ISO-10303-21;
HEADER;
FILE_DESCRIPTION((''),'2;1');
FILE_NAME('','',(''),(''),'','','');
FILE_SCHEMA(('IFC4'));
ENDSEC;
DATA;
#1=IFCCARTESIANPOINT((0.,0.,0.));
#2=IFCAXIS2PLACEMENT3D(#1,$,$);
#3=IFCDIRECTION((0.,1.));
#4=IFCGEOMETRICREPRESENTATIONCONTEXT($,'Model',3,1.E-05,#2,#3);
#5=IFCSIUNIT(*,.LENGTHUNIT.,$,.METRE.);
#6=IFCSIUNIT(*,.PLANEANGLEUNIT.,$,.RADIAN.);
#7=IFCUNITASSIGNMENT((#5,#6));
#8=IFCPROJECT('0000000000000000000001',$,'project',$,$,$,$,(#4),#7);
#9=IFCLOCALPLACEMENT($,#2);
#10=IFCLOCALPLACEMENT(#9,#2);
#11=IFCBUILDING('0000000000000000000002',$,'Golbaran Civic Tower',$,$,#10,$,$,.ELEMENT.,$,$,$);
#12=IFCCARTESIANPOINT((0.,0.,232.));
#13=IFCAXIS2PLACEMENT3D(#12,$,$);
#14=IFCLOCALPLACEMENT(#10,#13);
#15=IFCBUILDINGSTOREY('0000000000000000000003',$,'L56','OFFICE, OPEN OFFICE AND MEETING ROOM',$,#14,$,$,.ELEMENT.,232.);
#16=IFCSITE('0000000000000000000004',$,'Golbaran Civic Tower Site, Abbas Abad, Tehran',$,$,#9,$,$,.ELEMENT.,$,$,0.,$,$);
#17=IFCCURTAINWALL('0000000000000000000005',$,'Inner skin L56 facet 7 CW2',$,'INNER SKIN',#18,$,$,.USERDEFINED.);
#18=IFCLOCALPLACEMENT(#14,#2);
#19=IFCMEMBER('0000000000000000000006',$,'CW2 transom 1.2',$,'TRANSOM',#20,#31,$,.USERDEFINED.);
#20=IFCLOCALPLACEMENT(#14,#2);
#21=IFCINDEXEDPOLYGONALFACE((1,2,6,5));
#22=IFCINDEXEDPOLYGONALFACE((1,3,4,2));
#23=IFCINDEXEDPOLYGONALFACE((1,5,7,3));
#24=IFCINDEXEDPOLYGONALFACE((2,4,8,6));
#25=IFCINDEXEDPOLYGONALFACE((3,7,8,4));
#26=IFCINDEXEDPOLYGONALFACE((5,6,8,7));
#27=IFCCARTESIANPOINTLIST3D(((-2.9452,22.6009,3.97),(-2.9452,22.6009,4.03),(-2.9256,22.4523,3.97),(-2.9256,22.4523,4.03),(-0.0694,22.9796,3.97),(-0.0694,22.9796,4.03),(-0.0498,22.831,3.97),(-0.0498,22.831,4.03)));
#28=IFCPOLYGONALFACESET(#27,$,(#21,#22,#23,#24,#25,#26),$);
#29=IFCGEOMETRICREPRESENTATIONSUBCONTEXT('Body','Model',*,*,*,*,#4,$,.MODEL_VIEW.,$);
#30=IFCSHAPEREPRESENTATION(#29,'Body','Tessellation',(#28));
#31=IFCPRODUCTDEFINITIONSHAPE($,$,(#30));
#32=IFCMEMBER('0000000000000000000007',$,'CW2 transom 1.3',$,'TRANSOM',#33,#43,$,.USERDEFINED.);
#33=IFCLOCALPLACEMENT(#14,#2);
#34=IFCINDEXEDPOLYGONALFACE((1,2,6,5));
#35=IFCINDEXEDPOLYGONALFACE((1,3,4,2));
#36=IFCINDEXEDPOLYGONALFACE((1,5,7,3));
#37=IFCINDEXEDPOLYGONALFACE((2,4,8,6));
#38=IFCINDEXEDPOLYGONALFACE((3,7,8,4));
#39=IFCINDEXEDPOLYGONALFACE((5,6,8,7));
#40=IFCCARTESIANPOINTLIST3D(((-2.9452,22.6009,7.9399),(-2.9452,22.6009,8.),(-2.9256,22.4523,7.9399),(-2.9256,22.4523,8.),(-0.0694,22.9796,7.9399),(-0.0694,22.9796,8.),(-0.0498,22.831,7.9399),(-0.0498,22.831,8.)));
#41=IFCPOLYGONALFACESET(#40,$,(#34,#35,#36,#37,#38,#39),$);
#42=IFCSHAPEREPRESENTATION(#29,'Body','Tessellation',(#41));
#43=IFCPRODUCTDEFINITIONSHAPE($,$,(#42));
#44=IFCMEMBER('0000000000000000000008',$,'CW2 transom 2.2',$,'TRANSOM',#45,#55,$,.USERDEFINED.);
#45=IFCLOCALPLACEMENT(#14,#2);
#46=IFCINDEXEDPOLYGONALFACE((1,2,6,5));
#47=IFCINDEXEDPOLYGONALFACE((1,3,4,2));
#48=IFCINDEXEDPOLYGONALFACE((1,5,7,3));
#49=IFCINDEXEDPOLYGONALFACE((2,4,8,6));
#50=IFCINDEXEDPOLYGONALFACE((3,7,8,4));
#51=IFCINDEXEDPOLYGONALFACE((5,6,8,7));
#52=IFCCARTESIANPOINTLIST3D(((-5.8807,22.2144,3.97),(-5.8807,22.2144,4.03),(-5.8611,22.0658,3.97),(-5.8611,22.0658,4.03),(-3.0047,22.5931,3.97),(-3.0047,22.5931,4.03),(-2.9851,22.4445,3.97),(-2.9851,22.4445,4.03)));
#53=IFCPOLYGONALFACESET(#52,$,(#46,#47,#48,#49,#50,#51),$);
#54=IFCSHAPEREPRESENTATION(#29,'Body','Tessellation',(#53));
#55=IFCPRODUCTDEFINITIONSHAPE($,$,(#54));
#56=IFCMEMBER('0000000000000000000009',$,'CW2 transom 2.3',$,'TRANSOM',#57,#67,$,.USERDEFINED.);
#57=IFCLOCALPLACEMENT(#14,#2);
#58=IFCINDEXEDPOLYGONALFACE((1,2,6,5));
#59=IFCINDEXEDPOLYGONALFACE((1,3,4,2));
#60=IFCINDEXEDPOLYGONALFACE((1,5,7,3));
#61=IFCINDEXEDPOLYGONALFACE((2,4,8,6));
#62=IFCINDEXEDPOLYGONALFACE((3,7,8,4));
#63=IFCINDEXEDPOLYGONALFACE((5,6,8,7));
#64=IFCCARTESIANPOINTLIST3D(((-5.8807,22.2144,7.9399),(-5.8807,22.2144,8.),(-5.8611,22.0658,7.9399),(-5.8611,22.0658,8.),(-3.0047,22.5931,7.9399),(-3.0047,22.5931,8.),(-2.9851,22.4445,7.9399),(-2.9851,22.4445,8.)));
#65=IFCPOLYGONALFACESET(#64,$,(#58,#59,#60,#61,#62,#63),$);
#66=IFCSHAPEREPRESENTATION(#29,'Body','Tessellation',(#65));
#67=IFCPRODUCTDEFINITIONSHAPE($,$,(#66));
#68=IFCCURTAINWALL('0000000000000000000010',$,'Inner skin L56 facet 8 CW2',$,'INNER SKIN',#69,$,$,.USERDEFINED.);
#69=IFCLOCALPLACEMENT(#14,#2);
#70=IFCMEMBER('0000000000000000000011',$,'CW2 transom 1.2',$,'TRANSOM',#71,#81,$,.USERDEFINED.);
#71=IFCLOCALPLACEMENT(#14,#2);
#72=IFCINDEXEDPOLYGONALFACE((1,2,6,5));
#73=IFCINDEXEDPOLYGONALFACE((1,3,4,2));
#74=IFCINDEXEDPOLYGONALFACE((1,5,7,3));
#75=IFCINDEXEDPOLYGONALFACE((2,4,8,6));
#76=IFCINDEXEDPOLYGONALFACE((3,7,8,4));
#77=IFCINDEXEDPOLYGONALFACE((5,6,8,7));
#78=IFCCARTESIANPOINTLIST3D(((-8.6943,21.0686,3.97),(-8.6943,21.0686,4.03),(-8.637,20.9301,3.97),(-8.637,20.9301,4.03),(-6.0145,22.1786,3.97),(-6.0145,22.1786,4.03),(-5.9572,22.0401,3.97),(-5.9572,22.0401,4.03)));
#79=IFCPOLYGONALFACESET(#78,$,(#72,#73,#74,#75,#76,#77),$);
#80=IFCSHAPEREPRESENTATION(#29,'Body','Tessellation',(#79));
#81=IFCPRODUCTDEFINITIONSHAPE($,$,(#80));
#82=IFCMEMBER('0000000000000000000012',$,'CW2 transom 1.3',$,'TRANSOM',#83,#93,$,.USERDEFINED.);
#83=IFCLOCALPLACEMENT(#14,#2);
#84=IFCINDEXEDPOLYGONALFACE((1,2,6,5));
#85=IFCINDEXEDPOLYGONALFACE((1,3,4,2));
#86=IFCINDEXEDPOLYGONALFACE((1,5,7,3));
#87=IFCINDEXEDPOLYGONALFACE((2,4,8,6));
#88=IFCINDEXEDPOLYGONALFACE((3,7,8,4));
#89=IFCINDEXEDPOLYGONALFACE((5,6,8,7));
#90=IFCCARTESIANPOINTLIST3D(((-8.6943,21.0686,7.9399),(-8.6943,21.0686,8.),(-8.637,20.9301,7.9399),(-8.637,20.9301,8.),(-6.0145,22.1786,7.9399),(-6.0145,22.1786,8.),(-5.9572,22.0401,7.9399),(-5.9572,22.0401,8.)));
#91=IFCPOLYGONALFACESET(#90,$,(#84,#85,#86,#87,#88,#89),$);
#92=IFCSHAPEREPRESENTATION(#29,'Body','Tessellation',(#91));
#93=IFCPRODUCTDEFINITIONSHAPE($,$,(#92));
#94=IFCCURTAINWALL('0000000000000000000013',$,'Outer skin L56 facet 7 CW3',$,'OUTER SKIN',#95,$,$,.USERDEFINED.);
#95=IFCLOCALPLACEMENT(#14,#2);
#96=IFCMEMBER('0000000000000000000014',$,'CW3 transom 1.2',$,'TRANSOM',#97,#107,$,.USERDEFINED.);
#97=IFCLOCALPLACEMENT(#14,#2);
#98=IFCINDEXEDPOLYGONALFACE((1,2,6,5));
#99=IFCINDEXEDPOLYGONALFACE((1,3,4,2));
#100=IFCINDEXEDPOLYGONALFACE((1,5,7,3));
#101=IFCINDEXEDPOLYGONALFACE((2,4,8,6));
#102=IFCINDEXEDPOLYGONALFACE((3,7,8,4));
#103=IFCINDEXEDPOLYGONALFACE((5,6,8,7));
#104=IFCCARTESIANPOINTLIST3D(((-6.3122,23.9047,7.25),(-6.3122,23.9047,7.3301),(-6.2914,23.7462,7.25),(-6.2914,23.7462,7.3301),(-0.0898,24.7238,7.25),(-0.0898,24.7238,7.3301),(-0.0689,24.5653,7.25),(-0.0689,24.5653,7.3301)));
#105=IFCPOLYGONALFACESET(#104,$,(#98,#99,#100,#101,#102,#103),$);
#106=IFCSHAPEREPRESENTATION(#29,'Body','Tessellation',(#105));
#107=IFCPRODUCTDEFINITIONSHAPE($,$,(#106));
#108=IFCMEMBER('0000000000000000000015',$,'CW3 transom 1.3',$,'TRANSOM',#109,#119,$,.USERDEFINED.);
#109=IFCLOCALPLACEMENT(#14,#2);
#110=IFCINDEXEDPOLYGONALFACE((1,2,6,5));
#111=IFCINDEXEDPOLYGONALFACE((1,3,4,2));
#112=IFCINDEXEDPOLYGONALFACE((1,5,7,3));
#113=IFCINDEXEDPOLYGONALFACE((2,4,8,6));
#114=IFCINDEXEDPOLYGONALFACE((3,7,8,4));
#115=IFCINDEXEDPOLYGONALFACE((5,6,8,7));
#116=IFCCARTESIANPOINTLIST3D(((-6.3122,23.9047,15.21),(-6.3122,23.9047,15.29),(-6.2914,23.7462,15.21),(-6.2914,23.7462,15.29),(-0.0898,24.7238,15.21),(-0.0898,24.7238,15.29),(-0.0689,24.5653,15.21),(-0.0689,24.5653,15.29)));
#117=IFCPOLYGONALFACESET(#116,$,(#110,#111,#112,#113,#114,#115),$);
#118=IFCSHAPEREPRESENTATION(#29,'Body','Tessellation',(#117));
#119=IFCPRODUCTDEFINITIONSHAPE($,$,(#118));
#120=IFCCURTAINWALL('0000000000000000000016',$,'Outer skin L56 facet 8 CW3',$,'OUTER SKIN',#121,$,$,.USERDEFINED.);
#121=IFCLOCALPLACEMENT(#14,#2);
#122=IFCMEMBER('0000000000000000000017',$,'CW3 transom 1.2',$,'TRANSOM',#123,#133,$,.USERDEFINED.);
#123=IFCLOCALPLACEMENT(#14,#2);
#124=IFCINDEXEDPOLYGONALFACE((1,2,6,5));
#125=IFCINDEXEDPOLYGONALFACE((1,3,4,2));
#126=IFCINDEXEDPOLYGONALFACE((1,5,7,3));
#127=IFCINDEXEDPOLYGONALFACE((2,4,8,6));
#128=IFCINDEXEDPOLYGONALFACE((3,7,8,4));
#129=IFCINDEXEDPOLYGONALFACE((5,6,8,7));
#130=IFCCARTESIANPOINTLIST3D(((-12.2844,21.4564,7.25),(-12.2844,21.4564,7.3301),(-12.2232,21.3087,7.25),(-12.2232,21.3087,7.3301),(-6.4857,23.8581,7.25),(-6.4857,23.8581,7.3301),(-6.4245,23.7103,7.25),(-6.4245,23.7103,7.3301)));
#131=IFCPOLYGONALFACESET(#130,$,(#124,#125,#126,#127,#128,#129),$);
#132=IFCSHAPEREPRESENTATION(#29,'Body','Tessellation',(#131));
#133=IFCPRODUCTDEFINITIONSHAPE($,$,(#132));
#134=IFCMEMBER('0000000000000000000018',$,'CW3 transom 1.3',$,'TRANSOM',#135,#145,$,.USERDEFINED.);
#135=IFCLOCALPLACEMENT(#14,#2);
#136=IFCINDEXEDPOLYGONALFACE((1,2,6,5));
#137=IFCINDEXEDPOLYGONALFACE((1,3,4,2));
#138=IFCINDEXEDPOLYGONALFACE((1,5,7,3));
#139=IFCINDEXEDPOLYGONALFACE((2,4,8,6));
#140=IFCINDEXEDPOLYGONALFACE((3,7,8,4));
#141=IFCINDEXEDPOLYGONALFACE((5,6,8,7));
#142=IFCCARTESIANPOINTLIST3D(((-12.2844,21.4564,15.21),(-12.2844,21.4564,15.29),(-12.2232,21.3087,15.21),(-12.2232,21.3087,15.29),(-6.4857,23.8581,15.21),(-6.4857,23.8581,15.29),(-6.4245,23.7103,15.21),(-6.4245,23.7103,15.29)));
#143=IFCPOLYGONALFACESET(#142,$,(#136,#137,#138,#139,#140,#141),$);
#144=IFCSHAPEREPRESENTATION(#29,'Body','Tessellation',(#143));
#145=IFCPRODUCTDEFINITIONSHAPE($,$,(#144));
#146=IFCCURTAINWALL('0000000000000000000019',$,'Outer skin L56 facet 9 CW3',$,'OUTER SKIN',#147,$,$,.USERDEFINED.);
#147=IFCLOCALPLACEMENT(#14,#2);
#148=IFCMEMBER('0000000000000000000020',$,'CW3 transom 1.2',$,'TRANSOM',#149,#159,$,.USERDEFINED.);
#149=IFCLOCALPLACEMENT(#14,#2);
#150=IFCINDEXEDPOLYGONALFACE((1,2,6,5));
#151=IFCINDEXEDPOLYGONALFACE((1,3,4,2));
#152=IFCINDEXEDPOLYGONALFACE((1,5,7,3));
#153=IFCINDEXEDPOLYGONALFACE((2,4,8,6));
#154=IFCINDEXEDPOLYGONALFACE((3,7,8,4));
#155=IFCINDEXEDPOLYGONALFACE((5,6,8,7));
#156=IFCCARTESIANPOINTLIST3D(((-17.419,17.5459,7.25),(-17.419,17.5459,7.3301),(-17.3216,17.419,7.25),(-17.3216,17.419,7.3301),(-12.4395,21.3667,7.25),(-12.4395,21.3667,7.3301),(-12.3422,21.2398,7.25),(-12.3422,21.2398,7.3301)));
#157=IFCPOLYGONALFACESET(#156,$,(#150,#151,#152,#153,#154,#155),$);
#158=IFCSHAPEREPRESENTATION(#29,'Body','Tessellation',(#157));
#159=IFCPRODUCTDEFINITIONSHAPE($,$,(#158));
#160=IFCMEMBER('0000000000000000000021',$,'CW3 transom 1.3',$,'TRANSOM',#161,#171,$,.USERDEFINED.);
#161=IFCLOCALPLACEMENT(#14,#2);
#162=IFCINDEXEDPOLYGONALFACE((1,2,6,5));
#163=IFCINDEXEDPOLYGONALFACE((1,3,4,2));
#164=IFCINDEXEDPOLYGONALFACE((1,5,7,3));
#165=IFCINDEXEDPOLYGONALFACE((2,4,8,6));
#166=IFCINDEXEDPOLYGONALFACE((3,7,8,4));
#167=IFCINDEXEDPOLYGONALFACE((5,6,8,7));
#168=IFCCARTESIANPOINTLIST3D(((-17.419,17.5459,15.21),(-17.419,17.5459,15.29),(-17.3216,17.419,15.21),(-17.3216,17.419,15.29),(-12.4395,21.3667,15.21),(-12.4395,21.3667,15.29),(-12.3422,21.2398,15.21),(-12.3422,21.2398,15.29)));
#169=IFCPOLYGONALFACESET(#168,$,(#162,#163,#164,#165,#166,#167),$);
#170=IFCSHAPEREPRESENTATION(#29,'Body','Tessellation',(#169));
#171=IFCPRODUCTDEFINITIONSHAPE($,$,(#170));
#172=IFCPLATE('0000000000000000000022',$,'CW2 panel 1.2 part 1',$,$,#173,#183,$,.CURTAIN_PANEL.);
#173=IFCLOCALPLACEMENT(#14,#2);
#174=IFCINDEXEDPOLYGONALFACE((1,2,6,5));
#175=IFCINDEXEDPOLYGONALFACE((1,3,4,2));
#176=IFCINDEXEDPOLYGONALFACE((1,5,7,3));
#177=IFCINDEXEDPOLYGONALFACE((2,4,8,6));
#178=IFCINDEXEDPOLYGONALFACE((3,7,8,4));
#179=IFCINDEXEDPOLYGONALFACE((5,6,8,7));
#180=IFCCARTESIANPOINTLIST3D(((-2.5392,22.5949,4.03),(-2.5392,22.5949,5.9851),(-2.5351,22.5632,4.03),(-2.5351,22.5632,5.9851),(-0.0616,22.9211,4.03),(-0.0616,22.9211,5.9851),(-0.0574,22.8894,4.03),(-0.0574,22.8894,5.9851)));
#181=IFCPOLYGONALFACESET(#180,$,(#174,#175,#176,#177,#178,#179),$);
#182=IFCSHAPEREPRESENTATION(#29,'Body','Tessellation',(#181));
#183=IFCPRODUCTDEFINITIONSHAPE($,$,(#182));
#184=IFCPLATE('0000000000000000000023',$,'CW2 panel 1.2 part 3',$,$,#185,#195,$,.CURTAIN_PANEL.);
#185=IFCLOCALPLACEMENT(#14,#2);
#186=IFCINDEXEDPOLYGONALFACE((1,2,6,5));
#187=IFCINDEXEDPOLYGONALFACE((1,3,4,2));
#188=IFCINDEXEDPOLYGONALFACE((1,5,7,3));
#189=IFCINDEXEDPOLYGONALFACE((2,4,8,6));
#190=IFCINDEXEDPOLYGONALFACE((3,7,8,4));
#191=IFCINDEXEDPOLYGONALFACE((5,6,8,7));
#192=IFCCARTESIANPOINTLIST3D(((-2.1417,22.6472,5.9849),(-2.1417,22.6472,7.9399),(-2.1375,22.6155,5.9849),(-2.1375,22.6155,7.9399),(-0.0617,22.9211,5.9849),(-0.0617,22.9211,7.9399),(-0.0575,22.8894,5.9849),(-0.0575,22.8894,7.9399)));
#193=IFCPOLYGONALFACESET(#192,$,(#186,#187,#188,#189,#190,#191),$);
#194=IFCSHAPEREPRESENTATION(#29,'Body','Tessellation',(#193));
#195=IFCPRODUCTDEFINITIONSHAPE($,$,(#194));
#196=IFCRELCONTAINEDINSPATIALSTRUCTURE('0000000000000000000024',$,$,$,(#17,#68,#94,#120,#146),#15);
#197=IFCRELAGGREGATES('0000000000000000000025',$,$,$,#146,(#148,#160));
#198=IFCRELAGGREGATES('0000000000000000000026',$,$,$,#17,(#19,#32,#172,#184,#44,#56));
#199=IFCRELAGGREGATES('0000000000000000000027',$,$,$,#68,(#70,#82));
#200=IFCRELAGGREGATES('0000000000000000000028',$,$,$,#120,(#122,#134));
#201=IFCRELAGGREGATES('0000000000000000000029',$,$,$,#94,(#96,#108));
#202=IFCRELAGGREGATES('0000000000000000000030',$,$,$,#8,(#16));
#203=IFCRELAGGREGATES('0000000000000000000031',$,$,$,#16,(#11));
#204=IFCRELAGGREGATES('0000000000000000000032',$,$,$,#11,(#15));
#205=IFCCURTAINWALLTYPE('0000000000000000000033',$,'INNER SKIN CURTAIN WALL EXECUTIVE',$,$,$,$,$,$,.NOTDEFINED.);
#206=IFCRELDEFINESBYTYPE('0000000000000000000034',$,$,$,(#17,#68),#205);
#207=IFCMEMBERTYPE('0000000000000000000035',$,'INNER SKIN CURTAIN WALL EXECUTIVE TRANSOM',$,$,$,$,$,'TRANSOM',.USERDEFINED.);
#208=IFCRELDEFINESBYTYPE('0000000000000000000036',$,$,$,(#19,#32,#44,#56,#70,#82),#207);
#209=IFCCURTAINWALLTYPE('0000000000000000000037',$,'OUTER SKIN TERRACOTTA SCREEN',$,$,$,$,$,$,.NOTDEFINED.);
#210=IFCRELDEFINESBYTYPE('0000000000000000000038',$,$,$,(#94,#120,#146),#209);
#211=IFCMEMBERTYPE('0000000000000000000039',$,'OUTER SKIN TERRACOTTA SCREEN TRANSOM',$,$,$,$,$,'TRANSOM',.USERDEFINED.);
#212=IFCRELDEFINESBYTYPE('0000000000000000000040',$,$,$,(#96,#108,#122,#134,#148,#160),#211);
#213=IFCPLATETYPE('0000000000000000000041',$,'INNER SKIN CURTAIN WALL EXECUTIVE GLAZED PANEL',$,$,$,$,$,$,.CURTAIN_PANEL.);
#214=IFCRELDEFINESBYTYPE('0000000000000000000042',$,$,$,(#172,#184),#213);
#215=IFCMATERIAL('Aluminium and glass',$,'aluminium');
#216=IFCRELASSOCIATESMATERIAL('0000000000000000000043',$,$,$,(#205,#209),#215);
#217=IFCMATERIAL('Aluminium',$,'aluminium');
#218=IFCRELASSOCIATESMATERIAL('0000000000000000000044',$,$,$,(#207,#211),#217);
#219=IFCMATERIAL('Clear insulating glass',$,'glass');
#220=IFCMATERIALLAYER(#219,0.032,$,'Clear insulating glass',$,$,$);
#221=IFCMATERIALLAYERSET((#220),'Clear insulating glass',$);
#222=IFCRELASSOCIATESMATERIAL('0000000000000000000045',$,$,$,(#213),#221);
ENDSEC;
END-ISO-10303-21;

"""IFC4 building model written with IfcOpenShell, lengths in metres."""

from ifc_helpers import new_model, si_unit, direction, frame, origin, origin_2d, place, context, subcontext, project, spatial, rectangle, extrude, material, layer, layer_set, material_profile, profile_set, type_object, element, aggregate, save


model = new_model("IFC4")

# Units and contexts
model_context = context("Model", 3, precision=1e-05, world=origin(), true_north=direction((0.0, 1.0)))
body_context = subcontext(model_context, "Body", "Model", "MODEL_VIEW")
ifc_project = project(units=[si_unit("LENGTHUNIT", "METRE"), si_unit("PLANEANGLEUNIT", "RADIAN")], contexts=[model_context])

# Site, building, storey
site_placement = place(None, origin())
site = spatial("IfcSite", under=ifc_project, at=site_placement, Name="Golbaran Civic Tower Site, Abbas Abad, Tehran", CompositionType="ELEMENT", RefElevation=0.0)
building_placement = place(site_placement, origin())
building = spatial("IfcBuilding", under=site, at=building_placement, Name="Golbaran Civic Tower", CompositionType="ELEMENT")
storey_placement = place(building_placement, frame((0.0, 0.0, 232.0)))
storey = spatial("IfcBuildingStorey", under=building, at=storey_placement, Name="L56", Description="OFFICE, OPEN OFFICE AND MEETING ROOM", CompositionType="ELEMENT", Elevation=232.0)

# Curtain walls, members
ifc_material_1 = material(Name="Aluminium and glass", Category="aluminium")
curtain_wall_type_1 = type_object("IfcCurtainWallType", Name="INNER SKIN CURTAIN WALL EXECUTIVE", PredefinedType="NOTDEFINED", material=ifc_material_1)
curtain_wall_1_placement = place(storey_placement, origin())
curtain_wall_1 = element("IfcCurtainWall", 1, at=curtain_wall_1_placement, inside=storey, type_object=curtain_wall_type_1, Name="Inner skin L56 facet 7 CW2", ObjectType="INNER SKIN", PredefinedType="USERDEFINED")
ifc_material_2 = material(Name="Aluminium", Category="aluminium")
ifc_material_profile_1 = material_profile(ifc_material_2, rectangle(XDim=0.1499, YDim=0.0601, at=origin_2d()), Name="INNER SKIN CURTAIN WALL EXECUTIVE TRANSOM")
ifc_profile_set_1 = profile_set([ifc_material_profile_1], Name="Aluminium")
member_type_1 = type_object("IfcMemberType", Name="INNER SKIN CURTAIN WALL EXECUTIVE TRANSOM", ElementType="TRANSOM", PredefinedType="USERDEFINED", material=ifc_profile_set_1)
member_1_placement = place(storey_placement, frame((-0.0596, 22.9053, 4.0), z_axis=(-0.991442, -0.130548, 0.0), x_axis=(0.130548, -0.991442, 0.0)))
member_1 = element("IfcMember", 2, at=member_1_placement, type_object=member_type_1, Name="CW2 transom 1.2", ObjectType="TRANSOM", PredefinedType="USERDEFINED", context=body_context, shape_type="SweptSolid", body=[
    extrude(rectangle(XDim=0.1499, YDim=0.0601, at=origin_2d()), origin(), (0.0, 0.0, 1.0), 2.9006),
])
member_2_placement = place(storey_placement, frame((-0.0596, 22.9053, 7.97), z_axis=(-0.991442, -0.130548, 0.0), x_axis=(0.130548, -0.991442, 0.0)))
member_2 = element("IfcMember", 3, at=member_2_placement, type_object=member_type_1, Name="CW2 transom 1.3", ObjectType="TRANSOM", PredefinedType="USERDEFINED", context=body_context, shape_type="SweptSolid", body=[
    extrude(rectangle(XDim=0.1499, YDim=0.0601, at=origin_2d()), origin(), (0.0, 0.0, 1.0), 2.9006),
])
member_3_placement = place(storey_placement, frame((-2.9949, 22.5188, 4.0), z_axis=(-0.991443, -0.130537, 0.0), x_axis=(0.130537, -0.991443, 0.0)))
member_3 = element("IfcMember", 4, at=member_3_placement, type_object=member_type_1, Name="CW2 transom 2.2", ObjectType="TRANSOM", PredefinedType="USERDEFINED", context=body_context, shape_type="SweptSolid", body=[
    extrude(rectangle(XDim=0.1499, YDim=0.0601, at=origin_2d()), origin(), (0.0, 0.0, 1.0), 2.9009),
])
member_4_placement = place(storey_placement, frame((-2.9949, 22.5188, 7.97), z_axis=(-0.991443, -0.130537, 0.0), x_axis=(0.130537, -0.991443, 0.0)))
member_4 = element("IfcMember", 5, at=member_4_placement, type_object=member_type_1, Name="CW2 transom 2.3", ObjectType="TRANSOM", PredefinedType="USERDEFINED", context=body_context, shape_type="SweptSolid", body=[
    extrude(rectangle(XDim=0.1499, YDim=0.0601, at=origin_2d()), origin(), (0.0, 0.0, 1.0), 2.9009),
])
curtain_wall_2_placement = place(storey_placement, origin())
curtain_wall_2 = element("IfcCurtainWall", 6, at=curtain_wall_2_placement, inside=storey, type_object=curtain_wall_type_1, Name="Inner skin L56 facet 8 CW2", ObjectType="INNER SKIN", PredefinedType="USERDEFINED")
member_5_placement = place(storey_placement, frame((-5.9858, 22.1094, 4.0), z_axis=(-0.923874, -0.382696, 0.0), x_axis=(0.382696, -0.923874, 0.0)))
member_5 = element("IfcMember", 7, at=member_5_placement, type_object=member_type_1, Name="CW2 transom 1.2", ObjectType="TRANSOM", PredefinedType="USERDEFINED", context=body_context, shape_type="SweptSolid", body=[
    extrude(rectangle(XDim=0.1499, YDim=0.0601, at=origin_2d()), origin(), (0.0, 0.0, 1.0), 2.9006),
])
member_6_placement = place(storey_placement, frame((-5.9858, 22.1094, 7.97), z_axis=(-0.923874, -0.382696, 0.0), x_axis=(0.382696, -0.923874, 0.0)))
member_6 = element("IfcMember", 8, at=member_6_placement, type_object=member_type_1, Name="CW2 transom 1.3", ObjectType="TRANSOM", PredefinedType="USERDEFINED", context=body_context, shape_type="SweptSolid", body=[
    extrude(rectangle(XDim=0.1499, YDim=0.0601, at=origin_2d()), origin(), (0.0, 0.0, 1.0), 2.9006),
])
curtain_wall_type_2 = type_object("IfcCurtainWallType", Name="OUTER SKIN TERRACOTTA SCREEN", PredefinedType="NOTDEFINED", material=ifc_material_1)
curtain_wall_3_placement = place(storey_placement, origin())
curtain_wall_3 = element("IfcCurtainWall", 9, at=curtain_wall_3_placement, inside=storey, type_object=curtain_wall_type_2, Name="Outer skin L56 facet 7 CW3", ObjectType="OUTER SKIN", PredefinedType="USERDEFINED")
ifc_material_profile_2 = material_profile(ifc_material_2, rectangle(XDim=0.1599, YDim=0.0801, at=origin_2d()), Name="OUTER SKIN TERRACOTTA SCREEN TRANSOM")
ifc_profile_set_2 = profile_set([ifc_material_profile_2], Name="Aluminium")
member_type_2 = type_object("IfcMemberType", Name="OUTER SKIN TERRACOTTA SCREEN TRANSOM", ElementType="TRANSOM", PredefinedType="USERDEFINED", material=ifc_profile_set_2)
member_7_placement = place(storey_placement, frame((-0.0793, 24.6445, 7.29), z_axis=(-0.991447, -0.13051, 0.0), x_axis=(0.13051, -0.991447, 0.0)))
member_7 = element("IfcMember", 10, at=member_7_placement, type_object=member_type_2, Name="CW3 transom 1.2", ObjectType="TRANSOM", PredefinedType="USERDEFINED", context=body_context, shape_type="SweptSolid", body=[
    extrude(rectangle(XDim=0.1599, YDim=0.0801, at=origin_2d()), origin(), (0.0, 0.0, 1.0), 6.2761),
])
member_8_placement = place(storey_placement, frame((-0.0793, 24.6445, 15.25), z_axis=(-0.991447, -0.13051, 0.0), x_axis=(0.13051, -0.991447, 0.0)))
member_8 = element("IfcMember", 11, at=member_8_placement, type_object=member_type_2, Name="CW3 transom 1.3", ObjectType="TRANSOM", PredefinedType="USERDEFINED", context=body_context, shape_type="SweptSolid", body=[
    extrude(rectangle(XDim=0.1599, YDim=0.0801, at=origin_2d()), origin(), (0.0, 0.0, 1.0), 6.2761),
])
curtain_wall_4_placement = place(storey_placement, origin())
curtain_wall_4 = element("IfcCurtainWall", 12, at=curtain_wall_4_placement, inside=storey, type_object=curtain_wall_type_2, Name="Outer skin L56 facet 8 CW3", ObjectType="OUTER SKIN", PredefinedType="USERDEFINED")
member_9_placement = place(storey_placement, frame((-6.4551, 23.7842, 7.29), z_axis=(-0.923893, -0.382651, 0.0), x_axis=(0.382651, -0.923893, 0.0)))
member_9 = element("IfcMember", 13, at=member_9_placement, type_object=member_type_2, Name="CW3 transom 1.2", ObjectType="TRANSOM", PredefinedType="USERDEFINED", context=body_context, shape_type="SweptSolid", body=[
    extrude(rectangle(XDim=0.1599, YDim=0.0801, at=origin_2d()), origin(), (0.0, 0.0, 1.0), 6.2764),
])
member_10_placement = place(storey_placement, frame((-6.4551, 23.7842, 15.25), z_axis=(-0.923893, -0.382651, 0.0), x_axis=(0.382651, -0.923893, 0.0)))
member_10 = element("IfcMember", 14, at=member_10_placement, type_object=member_type_2, Name="CW3 transom 1.3", ObjectType="TRANSOM", PredefinedType="USERDEFINED", context=body_context, shape_type="SweptSolid", body=[
    extrude(rectangle(XDim=0.1599, YDim=0.0801, at=origin_2d()), origin(), (0.0, 0.0, 1.0), 6.2764),
])
curtain_wall_5_placement = place(storey_placement, origin())
curtain_wall_5 = element("IfcCurtainWall", 15, at=curtain_wall_5_placement, inside=storey, type_object=curtain_wall_type_2, Name="Outer skin L56 facet 9 CW3", ObjectType="OUTER SKIN", PredefinedType="USERDEFINED")
member_11_placement = place(storey_placement, frame((-12.3909, 21.3032, 7.29), z_axis=(-0.793361, -0.608752, 0.0), x_axis=(0.608752, -0.793361, 0.0)))
member_11 = element("IfcMember", 16, at=member_11_placement, type_object=member_type_2, Name="CW3 transom 1.2", ObjectType="TRANSOM", PredefinedType="USERDEFINED", context=body_context, shape_type="SweptSolid", body=[
    extrude(rectangle(XDim=0.1599, YDim=0.0801, at=origin_2d()), origin(), (0.0, 0.0, 1.0), 6.2764),
])
member_12_placement = place(storey_placement, frame((-12.3909, 21.3032, 15.25), z_axis=(-0.793361, -0.608752, 0.0), x_axis=(0.608752, -0.793361, 0.0)))
member_12 = element("IfcMember", 17, at=member_12_placement, type_object=member_type_2, Name="CW3 transom 1.3", ObjectType="TRANSOM", PredefinedType="USERDEFINED", context=body_context, shape_type="SweptSolid", body=[
    extrude(rectangle(XDim=0.1599, YDim=0.0801, at=origin_2d()), origin(), (0.0, 0.0, 1.0), 6.2764),
])
aggregate(curtain_wall_5, [member_11, member_12])

# Plates
ifc_material_3 = material(Name="Clear insulating glass", Category="glass")
ifc_layer_1 = layer(ifc_material_3, 0.032, Name="Clear insulating glass")
ifc_layer_set_1 = layer_set([ifc_layer_1], Name="Clear insulating glass")
plate_type_1 = type_object("IfcPlateType", Name="INNER SKIN CURTAIN WALL EXECUTIVE GLAZED PANEL", PredefinedType="CURTAIN_PANEL", material=ifc_layer_set_1)
plate_1_placement = place(storey_placement, frame((-1.2983, 22.7422, 4.03), z_axis=(0.0, 0.0, 1.0), x_axis=(-0.991445, -0.130526, 0.0)))
plate_1 = element("IfcPlate", 18, at=plate_1_placement, type_object=plate_type_1, Name="CW2 panel 1.2 part 1", PredefinedType="CURTAIN_PANEL", context=body_context, shape_type="SweptSolid", body=[
    extrude(rectangle(XDim=2.499, YDim=0.032, at=origin_2d()), origin(), (0.0, 0.0, 1.0), 1.9551),
])
plate_2_placement = place(storey_placement, frame((-1.0996, 22.7683, 5.9849), z_axis=(0.0, 0.0, 1.0), x_axis=(-0.991445, -0.130526, 0.0)))
plate_2 = element("IfcPlate", 19, at=plate_2_placement, type_object=plate_type_1, Name="CW2 panel 1.2 part 3", PredefinedType="CURTAIN_PANEL", context=body_context, shape_type="SweptSolid", body=[
    extrude(rectangle(XDim=2.0979, YDim=0.032, at=origin_2d()), origin(), (0.0, 0.0, 1.0), 1.9551),
])
aggregate(curtain_wall_1, [member_1, member_2, plate_1, plate_2, member_3, member_4])
aggregate(curtain_wall_2, [member_5, member_6])
aggregate(curtain_wall_4, [member_9, member_10])
aggregate(curtain_wall_3, [member_7, member_8])

save(model, "model.ifc")
